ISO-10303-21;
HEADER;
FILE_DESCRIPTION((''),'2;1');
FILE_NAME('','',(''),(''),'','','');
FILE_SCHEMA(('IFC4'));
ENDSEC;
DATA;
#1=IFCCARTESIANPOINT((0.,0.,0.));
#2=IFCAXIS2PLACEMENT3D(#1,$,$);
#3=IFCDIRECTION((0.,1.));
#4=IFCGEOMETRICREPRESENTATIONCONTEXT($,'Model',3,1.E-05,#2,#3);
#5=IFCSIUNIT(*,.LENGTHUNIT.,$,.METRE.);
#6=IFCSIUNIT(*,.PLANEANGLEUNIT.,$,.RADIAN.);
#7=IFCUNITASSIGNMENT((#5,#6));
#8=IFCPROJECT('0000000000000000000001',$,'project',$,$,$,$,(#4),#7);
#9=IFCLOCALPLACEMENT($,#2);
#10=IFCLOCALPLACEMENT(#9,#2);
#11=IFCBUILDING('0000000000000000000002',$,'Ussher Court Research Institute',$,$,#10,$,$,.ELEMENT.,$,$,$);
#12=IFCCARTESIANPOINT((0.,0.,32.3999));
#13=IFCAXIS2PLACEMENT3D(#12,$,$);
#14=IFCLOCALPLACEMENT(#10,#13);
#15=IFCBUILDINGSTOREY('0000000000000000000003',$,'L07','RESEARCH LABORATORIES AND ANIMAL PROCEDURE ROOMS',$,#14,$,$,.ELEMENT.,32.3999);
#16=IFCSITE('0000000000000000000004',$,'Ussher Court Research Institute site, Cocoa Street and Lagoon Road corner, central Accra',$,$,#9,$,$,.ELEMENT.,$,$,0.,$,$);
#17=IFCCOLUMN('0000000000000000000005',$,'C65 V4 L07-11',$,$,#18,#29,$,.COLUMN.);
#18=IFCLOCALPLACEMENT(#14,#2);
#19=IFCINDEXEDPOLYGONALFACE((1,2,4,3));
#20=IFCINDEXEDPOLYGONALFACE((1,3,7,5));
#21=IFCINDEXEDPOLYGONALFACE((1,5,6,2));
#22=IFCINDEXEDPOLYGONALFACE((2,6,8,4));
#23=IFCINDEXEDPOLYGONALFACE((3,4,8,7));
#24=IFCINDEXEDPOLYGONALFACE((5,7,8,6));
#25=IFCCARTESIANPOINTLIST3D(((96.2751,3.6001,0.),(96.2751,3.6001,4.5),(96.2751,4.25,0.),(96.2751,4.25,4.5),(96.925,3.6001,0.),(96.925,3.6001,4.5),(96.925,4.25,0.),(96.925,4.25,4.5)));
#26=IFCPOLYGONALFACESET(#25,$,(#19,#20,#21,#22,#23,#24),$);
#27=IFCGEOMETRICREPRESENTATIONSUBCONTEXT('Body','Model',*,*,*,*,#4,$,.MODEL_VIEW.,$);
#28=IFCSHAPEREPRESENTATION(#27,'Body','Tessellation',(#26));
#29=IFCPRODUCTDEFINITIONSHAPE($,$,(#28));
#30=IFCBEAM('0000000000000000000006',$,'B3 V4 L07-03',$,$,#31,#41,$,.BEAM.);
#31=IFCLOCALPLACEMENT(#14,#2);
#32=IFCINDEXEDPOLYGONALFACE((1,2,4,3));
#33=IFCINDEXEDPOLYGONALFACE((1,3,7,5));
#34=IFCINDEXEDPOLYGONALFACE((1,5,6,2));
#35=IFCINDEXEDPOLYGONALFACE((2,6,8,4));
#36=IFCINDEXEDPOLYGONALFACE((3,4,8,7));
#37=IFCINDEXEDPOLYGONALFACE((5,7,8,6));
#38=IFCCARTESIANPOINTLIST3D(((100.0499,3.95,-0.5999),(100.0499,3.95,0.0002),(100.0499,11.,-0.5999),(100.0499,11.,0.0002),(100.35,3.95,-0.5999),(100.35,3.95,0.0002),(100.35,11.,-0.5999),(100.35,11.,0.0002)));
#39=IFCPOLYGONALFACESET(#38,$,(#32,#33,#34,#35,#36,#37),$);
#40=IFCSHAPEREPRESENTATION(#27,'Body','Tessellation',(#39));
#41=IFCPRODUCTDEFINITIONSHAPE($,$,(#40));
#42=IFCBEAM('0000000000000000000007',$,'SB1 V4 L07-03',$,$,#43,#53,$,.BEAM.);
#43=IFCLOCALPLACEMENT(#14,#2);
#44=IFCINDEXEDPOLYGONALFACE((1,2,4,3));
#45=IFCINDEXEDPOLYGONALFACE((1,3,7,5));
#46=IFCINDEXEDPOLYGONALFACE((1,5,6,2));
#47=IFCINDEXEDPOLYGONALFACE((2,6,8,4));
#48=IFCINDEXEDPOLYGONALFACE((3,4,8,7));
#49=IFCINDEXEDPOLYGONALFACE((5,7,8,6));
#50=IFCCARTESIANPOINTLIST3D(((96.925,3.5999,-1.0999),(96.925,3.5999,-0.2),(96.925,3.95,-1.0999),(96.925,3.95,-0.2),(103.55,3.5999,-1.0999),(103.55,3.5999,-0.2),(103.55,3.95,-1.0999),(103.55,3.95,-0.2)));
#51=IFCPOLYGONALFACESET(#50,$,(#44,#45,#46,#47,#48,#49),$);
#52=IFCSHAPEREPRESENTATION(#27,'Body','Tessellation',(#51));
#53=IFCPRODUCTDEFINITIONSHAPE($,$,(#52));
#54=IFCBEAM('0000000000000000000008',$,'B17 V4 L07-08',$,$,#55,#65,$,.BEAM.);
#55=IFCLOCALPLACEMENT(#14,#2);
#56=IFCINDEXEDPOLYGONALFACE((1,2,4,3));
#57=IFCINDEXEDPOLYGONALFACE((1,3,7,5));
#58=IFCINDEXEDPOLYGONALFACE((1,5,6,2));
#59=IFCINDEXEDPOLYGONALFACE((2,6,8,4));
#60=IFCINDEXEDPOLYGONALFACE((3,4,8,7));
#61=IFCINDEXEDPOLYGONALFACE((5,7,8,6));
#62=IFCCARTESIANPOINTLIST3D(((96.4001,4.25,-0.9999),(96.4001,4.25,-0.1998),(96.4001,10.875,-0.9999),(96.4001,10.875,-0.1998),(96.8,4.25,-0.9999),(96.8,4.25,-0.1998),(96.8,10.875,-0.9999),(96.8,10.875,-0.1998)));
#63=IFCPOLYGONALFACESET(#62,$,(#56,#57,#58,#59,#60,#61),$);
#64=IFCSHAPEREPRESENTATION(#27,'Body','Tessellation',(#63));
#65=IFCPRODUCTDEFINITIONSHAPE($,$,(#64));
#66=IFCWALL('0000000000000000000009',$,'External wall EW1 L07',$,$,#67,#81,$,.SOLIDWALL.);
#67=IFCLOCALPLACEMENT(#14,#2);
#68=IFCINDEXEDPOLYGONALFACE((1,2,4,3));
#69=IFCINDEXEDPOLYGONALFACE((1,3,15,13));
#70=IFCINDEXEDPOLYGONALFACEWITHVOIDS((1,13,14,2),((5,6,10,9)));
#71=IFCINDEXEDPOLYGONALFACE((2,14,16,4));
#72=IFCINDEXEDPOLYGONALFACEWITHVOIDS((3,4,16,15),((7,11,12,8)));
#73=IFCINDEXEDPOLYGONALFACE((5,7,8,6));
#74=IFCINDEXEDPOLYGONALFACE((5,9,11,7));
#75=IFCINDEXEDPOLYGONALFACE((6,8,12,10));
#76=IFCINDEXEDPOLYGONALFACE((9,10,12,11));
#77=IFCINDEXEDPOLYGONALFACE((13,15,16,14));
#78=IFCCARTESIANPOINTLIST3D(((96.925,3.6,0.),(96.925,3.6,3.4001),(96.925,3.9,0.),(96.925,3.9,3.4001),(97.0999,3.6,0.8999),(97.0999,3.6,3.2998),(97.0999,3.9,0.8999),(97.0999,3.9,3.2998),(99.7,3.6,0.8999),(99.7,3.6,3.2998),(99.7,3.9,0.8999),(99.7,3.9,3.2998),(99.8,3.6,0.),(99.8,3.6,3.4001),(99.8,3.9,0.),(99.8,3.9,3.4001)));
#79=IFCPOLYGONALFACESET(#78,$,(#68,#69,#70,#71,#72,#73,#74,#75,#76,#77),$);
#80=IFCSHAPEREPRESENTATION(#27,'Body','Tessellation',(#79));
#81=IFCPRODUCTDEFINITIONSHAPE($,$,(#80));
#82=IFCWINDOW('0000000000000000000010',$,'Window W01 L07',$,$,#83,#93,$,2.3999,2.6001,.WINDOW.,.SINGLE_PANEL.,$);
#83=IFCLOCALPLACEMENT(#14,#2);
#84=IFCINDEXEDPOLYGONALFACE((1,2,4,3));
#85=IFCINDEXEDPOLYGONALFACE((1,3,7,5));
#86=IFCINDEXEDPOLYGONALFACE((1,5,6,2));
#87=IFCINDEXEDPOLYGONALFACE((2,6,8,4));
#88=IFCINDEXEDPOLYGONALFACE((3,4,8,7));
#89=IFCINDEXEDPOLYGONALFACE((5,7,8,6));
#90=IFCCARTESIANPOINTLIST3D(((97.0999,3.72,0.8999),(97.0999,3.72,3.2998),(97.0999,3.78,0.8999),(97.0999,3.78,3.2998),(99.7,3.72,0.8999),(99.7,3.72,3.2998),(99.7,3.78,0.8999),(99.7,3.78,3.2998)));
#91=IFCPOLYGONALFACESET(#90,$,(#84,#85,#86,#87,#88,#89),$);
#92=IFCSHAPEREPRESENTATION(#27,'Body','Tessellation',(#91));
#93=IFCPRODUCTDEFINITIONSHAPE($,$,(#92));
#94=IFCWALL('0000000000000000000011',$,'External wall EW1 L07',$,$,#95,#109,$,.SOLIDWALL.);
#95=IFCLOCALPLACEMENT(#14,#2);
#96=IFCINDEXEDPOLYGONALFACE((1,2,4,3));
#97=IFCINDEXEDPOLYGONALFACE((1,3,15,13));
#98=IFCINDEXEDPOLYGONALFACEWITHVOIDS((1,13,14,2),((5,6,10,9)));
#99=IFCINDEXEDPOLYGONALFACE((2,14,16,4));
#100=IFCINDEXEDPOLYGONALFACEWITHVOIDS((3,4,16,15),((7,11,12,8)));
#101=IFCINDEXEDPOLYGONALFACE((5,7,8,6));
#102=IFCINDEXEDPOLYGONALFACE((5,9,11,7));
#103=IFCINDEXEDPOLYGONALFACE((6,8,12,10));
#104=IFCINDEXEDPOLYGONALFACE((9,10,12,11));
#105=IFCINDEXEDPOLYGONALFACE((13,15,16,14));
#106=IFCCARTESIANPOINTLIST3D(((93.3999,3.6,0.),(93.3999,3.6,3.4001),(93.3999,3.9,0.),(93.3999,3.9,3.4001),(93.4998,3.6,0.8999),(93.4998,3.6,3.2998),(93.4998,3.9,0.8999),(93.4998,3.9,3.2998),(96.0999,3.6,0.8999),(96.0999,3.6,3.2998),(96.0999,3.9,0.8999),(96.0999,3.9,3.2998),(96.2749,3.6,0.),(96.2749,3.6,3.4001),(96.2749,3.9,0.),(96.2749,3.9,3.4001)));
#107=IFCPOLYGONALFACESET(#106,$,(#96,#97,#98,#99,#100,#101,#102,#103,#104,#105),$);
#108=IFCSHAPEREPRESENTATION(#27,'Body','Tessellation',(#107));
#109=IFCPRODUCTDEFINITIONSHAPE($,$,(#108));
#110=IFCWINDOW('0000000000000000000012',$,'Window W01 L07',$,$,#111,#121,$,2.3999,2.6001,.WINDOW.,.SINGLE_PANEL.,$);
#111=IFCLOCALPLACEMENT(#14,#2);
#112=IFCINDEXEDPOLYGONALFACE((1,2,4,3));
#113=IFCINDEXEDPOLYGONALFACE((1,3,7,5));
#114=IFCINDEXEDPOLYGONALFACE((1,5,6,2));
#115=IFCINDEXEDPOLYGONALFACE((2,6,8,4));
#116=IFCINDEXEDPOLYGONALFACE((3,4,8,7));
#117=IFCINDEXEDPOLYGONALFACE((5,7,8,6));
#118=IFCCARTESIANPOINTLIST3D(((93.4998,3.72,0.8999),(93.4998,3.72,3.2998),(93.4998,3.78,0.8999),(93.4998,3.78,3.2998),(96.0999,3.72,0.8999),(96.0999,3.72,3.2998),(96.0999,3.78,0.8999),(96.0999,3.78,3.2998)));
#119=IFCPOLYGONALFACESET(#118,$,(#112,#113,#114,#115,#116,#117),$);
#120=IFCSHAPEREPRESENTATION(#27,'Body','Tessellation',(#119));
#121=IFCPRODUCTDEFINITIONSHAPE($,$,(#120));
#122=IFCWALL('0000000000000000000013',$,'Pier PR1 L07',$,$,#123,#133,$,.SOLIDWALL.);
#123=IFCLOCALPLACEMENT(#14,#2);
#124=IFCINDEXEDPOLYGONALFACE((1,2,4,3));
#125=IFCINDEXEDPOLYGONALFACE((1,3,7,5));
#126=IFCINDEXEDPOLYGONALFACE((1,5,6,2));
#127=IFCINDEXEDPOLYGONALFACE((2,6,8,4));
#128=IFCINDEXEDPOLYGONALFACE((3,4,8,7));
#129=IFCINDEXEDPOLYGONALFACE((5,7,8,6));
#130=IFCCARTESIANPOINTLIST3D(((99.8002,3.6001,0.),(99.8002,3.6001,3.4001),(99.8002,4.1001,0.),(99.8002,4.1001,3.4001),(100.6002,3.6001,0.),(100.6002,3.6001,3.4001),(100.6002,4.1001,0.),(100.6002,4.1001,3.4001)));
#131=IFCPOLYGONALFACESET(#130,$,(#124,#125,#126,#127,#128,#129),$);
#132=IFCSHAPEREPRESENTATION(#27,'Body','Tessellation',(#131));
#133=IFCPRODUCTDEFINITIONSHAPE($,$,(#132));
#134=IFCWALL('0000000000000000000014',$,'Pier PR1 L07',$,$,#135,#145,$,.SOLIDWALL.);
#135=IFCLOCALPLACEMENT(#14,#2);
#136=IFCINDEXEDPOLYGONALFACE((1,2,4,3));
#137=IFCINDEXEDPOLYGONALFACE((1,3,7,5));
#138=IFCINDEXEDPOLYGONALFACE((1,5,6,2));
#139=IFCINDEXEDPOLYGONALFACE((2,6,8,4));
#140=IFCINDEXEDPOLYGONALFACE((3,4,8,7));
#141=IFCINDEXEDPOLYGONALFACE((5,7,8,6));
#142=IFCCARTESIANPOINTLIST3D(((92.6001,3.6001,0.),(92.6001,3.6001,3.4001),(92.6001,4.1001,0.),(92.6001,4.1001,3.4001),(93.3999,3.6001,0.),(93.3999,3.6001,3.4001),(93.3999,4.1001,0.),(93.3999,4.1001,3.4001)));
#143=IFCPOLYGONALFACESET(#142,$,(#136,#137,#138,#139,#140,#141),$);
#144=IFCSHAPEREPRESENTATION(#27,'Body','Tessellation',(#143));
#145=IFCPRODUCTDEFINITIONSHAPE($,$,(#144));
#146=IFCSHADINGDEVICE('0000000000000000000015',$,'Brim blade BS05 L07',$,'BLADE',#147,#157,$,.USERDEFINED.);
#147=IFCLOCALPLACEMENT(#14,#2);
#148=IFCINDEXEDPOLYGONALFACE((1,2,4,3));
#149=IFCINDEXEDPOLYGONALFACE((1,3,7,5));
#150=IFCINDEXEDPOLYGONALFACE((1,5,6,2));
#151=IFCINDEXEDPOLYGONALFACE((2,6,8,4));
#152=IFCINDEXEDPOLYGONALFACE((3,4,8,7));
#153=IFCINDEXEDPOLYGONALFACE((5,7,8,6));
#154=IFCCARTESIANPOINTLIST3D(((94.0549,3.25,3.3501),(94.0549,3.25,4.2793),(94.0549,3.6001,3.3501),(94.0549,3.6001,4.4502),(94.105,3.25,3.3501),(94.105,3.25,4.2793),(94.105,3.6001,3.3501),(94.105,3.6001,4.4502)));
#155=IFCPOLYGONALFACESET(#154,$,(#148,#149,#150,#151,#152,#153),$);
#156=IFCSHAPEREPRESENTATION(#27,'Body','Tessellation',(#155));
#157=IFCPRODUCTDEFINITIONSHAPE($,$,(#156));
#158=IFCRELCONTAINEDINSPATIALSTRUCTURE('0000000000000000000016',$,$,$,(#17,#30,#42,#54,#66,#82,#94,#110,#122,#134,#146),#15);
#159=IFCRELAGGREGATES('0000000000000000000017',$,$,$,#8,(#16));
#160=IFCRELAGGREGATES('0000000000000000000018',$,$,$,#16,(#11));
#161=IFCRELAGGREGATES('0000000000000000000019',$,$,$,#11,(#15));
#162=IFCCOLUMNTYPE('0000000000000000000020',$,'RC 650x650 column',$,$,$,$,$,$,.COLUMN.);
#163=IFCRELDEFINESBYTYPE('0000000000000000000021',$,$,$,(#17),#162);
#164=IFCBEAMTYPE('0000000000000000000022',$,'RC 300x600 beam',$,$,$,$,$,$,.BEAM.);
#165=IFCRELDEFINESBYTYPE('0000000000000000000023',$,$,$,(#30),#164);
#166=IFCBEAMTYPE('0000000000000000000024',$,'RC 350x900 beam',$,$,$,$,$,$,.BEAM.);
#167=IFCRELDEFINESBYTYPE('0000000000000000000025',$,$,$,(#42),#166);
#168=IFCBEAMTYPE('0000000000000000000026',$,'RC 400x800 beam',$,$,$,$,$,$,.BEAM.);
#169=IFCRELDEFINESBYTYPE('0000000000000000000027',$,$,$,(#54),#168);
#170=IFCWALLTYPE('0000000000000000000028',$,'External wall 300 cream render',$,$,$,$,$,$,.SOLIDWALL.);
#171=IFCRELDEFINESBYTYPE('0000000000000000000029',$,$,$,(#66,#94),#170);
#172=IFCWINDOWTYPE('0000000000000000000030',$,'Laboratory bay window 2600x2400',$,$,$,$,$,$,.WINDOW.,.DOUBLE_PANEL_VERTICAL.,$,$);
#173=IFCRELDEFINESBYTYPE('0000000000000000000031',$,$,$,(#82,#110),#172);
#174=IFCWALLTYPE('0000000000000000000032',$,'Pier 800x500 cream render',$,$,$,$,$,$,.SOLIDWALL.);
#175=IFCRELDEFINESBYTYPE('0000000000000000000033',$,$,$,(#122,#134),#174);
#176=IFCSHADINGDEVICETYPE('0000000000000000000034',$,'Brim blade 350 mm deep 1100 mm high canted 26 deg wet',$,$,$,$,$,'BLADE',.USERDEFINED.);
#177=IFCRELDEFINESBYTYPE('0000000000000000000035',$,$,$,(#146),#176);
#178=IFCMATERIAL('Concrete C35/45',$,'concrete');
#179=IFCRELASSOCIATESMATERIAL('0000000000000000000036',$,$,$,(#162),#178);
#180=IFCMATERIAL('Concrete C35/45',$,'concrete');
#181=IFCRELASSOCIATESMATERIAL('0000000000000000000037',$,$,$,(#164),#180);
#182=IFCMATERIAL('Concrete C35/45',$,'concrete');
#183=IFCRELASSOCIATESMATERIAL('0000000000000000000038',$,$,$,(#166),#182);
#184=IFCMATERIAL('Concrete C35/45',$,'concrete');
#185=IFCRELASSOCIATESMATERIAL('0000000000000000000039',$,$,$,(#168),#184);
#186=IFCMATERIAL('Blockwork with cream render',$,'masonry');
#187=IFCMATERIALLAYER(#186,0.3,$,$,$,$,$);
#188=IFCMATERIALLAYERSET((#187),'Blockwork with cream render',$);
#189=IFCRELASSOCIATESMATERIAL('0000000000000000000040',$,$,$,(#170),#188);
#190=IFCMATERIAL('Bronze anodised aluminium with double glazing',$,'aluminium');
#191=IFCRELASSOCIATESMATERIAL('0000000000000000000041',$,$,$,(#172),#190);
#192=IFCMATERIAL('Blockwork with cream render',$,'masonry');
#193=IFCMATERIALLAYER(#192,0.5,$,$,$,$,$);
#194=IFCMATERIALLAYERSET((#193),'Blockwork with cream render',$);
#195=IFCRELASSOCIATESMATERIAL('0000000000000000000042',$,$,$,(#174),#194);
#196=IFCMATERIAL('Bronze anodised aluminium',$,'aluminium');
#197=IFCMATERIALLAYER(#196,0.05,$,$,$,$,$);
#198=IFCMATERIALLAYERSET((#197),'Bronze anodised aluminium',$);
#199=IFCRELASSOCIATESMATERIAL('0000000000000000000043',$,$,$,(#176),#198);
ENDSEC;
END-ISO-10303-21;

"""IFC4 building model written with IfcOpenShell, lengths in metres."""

from ifc_helpers import new_model, si_unit, direction, frame, frame_2d, origin, origin_2d, place, context, subcontext, project, spatial, polyline, rectangle, outline, extrude, material, layer, layer_set, material_profile, profile_set, type_object, element, fill, save


model = new_model("IFC4")

# Units and contexts
model_context = context("Model", 3, precision=1e-05, world=origin(), true_north=direction((0.0, 1.0)))
body_context = subcontext(model_context, "Body", "Model", "MODEL_VIEW")
ifc_project = project(units=[si_unit("LENGTHUNIT", "METRE"), si_unit("PLANEANGLEUNIT", "RADIAN")], contexts=[model_context])

# Site, building, storey
site_placement = place(None, origin())
site = spatial("IfcSite", under=ifc_project, at=site_placement, Name="Ussher Court Research Institute site, Cocoa Street and Lagoon Road corner, central Accra", CompositionType="ELEMENT", RefElevation=0.0)
building_placement = place(site_placement, origin())
building = spatial("IfcBuilding", under=site, at=building_placement, Name="Ussher Court Research Institute", CompositionType="ELEMENT")
storey_placement = place(building_placement, frame((0.0, 0.0, 32.3999)))
storey = spatial("IfcBuildingStorey", under=building, at=storey_placement, Name="L07", Description="RESEARCH LABORATORIES AND ANIMAL PROCEDURE ROOMS", CompositionType="ELEMENT", Elevation=32.3999)

# Column
ifc_material_1 = material(Name="Concrete C35/45", Category="concrete")
ifc_material_profile_1 = material_profile(ifc_material_1, rectangle(XDim=0.6499, YDim=0.6499, at=origin_2d()), Name="RC 650x650")
ifc_profile_set_1 = profile_set([ifc_material_profile_1], Name="Concrete C35/45")
column_type = type_object("IfcColumnType", Name="RC 650x650 column", PredefinedType="COLUMN", material=ifc_profile_set_1)
column_placement = place(storey_placement, frame((96.6001, 3.925, 0.0), z_axis=(0.0, 0.0, 1.0), x_axis=(1.0, 0.0, 0.0)))
element("IfcColumn", 1, at=column_placement, inside=storey, type_object=column_type, Name="C65 V4 L07-11", PredefinedType="COLUMN", context=body_context, shape_type="SweptSolid", body=[
    extrude(rectangle(XDim=0.6499, YDim=0.6499, at=origin_2d()), origin(), (0.0, 0.0, 1.0), 4.5),
])

# Beams
ifc_material_2 = material(Name="Concrete C35/45", Category="concrete")
ifc_material_profile_2 = material_profile(ifc_material_2, rectangle(XDim=0.3, YDim=0.6001, at=origin_2d()), Name="RC 300x600")
ifc_profile_set_2 = profile_set([ifc_material_profile_2], Name="Concrete C35/45")
beam_type_1 = type_object("IfcBeamType", Name="RC 300x600 beam", PredefinedType="BEAM", material=ifc_profile_set_2)
beam_1_placement = place(storey_placement, frame((100.2, 3.95, -0.2998), z_axis=(0.0, 1.0, 0.0), x_axis=(-1.0, 0.0, 0.0)))
element("IfcBeam", 2, at=beam_1_placement, inside=storey, type_object=beam_type_1, Name="B3 V4 L07-03", PredefinedType="BEAM", context=body_context, shape_type="SweptSolid", body=[
    extrude(rectangle(XDim=0.3, YDim=0.6001, at=origin_2d()), origin(), (0.0, 0.0, 1.0), 7.05),
])
ifc_material_3 = material(Name="Concrete C35/45", Category="concrete")
ifc_material_profile_3 = material_profile(ifc_material_3, rectangle(XDim=0.3501, YDim=0.8999, at=origin_2d()), Name="RC 350x900")
ifc_profile_set_3 = profile_set([ifc_material_profile_3], Name="Concrete C35/45")
beam_type_2 = type_object("IfcBeamType", Name="RC 350x900 beam", PredefinedType="BEAM", material=ifc_profile_set_3)
beam_2_placement = place(storey_placement, frame((96.925, 3.7749, -0.6499), z_axis=(1.0, 0.0, 0.0), x_axis=(0.0, 1.0, 0.0)))
element("IfcBeam", 3, at=beam_2_placement, inside=storey, type_object=beam_type_2, Name="SB1 V4 L07-03", PredefinedType="BEAM", context=body_context, shape_type="SweptSolid", body=[
    extrude(rectangle(XDim=0.3501, YDim=0.8999, at=origin_2d()), origin(), (0.0, 0.0, 1.0), 6.625),
])
ifc_material_4 = material(Name="Concrete C35/45", Category="concrete")
ifc_material_profile_4 = material_profile(ifc_material_4, rectangle(XDim=0.3999, YDim=0.8, at=origin_2d()), Name="RC 400x800")
ifc_profile_set_4 = profile_set([ifc_material_profile_4], Name="Concrete C35/45")
beam_type_3 = type_object("IfcBeamType", Name="RC 400x800 beam", PredefinedType="BEAM", material=ifc_profile_set_4)
beam_3_placement = place(storey_placement, frame((96.6001, 4.25, -0.5999), z_axis=(0.0, 1.0, 0.0), x_axis=(-1.0, 0.0, 0.0)))
element("IfcBeam", 4, at=beam_3_placement, inside=storey, type_object=beam_type_3, Name="B17 V4 L07-08", PredefinedType="BEAM", context=body_context, shape_type="SweptSolid", body=[
    extrude(rectangle(XDim=0.3999, YDim=0.8, at=origin_2d()), origin(), (0.0, 0.0, 1.0), 6.625),
])

# Walls, openings, windows
ifc_material_5 = material(Name="Blockwork with cream render", Category="masonry")
ifc_layer_1 = layer(ifc_material_5, 0.3)
ifc_layer_set_1 = layer_set([ifc_layer_1], Name="Blockwork with cream render")
wall_type_1 = type_object("IfcWallType", Name="External wall 300 cream render", PredefinedType="SOLIDWALL", material=ifc_layer_set_1)
wall_1_placement = place(storey_placement, frame((99.8, 3.75, 0.0), z_axis=(0.0, 0.0, 1.0), x_axis=(-1.0, 0.0, 0.0)))
wall_1 = element("IfcWall", 5, at=wall_1_placement, inside=storey, type_object=wall_type_1, Name="External wall EW1 L07", PredefinedType="SOLIDWALL", context=body_context, shape_type="SweptSolid", body=[
    extrude(rectangle(XDim=2.875, YDim=0.3, at=frame_2d((1.4375, 0.0))), origin(), (0.0, 0.0, 1.0), 3.4001),
])
opening_1_placement = place(wall_1_placement, frame((0.1001, 0.0, 0.8999)))
opening_1 = element("IfcOpeningElement", 6, at=opening_1_placement, cuts=wall_1, PredefinedType="OPENING", context=body_context, shape_type="SweptSolid", body=[
    extrude(rectangle(XDim=2.6001, YDim=2.3999, at=frame_2d((1.3, 1.2))), frame((0.0, 0.1602, 0.0), z_axis=(0.0, -1.0, 0.0), x_axis=(1.0, 0.0, 0.0)), (0.0, 0.0, 1.0), 0.3201),
])
ifc_material_6 = material(Name="Bronze anodised aluminium with double glazing", Category="aluminium")
window_type = type_object("IfcWindowType", Name="Laboratory bay window 2600x2400", PartitioningType="DOUBLE_PANEL_VERTICAL", PredefinedType="WINDOW", material=ifc_material_6)
window_1_placement = place(opening_1_placement, origin())
window_1 = element("IfcWindow", 7, at=window_1_placement, inside=storey, type_object=window_type, Name="Window W01 L07", OverallHeight=2.3999, OverallWidth=2.6001, PartitioningType="SINGLE_PANEL", PredefinedType="WINDOW", context=body_context, shape_type="SweptSolid", body=[
    extrude(rectangle(XDim=2.6001, YDim=2.3999, at=frame_2d((1.3, 1.2))), frame((0.0, 0.03, 0.0), z_axis=(0.0, -1.0, 0.0), x_axis=(1.0, 0.0, 0.0)), (0.0, 0.0, 1.0), 0.0601),
])
fill(opening_1, window_1)
wall_2_placement = place(storey_placement, frame((96.2749, 3.75, 0.0), z_axis=(0.0, 0.0, 1.0), x_axis=(-1.0, 0.0, 0.0)))
wall_2 = element("IfcWall", 8, at=wall_2_placement, inside=storey, type_object=wall_type_1, Name="External wall EW1 L07", PredefinedType="SOLIDWALL", context=body_context, shape_type="SweptSolid", body=[
    extrude(rectangle(XDim=2.875, YDim=0.3, at=frame_2d((1.4375, 0.0))), origin(), (0.0, 0.0, 1.0), 3.4001),
])
opening_2_placement = place(wall_2_placement, frame((0.175, 0.0, 0.8999)))
opening_2 = element("IfcOpeningElement", 9, at=opening_2_placement, cuts=wall_2, PredefinedType="OPENING", context=body_context, shape_type="SweptSolid", body=[
    extrude(rectangle(XDim=2.6001, YDim=2.3999, at=frame_2d((1.3, 1.2))), frame((0.0, 0.1602, 0.0), z_axis=(0.0, -1.0, 0.0), x_axis=(1.0, 0.0, 0.0)), (0.0, 0.0, 1.0), 0.3201),
])
window_2_placement = place(opening_2_placement, origin())
window_2 = element("IfcWindow", 10, at=window_2_placement, inside=storey, type_object=window_type, Name="Window W01 L07", OverallHeight=2.3999, OverallWidth=2.6001, PartitioningType="SINGLE_PANEL", PredefinedType="WINDOW", context=body_context, shape_type="SweptSolid", body=[
    extrude(rectangle(XDim=2.6001, YDim=2.3999, at=frame_2d((1.3, 1.2))), frame((0.0, 0.03, 0.0), z_axis=(0.0, -1.0, 0.0), x_axis=(1.0, 0.0, 0.0)), (0.0, 0.0, 1.0), 0.0601),
])
fill(opening_2, window_2)

# Walls
ifc_material_7 = material(Name="Blockwork with cream render", Category="masonry")
ifc_layer_2 = layer(ifc_material_7, 0.5)
ifc_layer_set_2 = layer_set([ifc_layer_2], Name="Blockwork with cream render")
wall_type_2 = type_object("IfcWallType", Name="Pier 800x500 cream render", PredefinedType="SOLIDWALL", material=ifc_layer_set_2)
wall_3_placement = place(storey_placement, frame((100.6001, 3.8501, 0.0), z_axis=(0.0, 0.0, 1.0), x_axis=(-1.0, 0.0, 0.0)))
element("IfcWall", 11, at=wall_3_placement, inside=storey, type_object=wall_type_2, Name="Pier PR1 L07", PredefinedType="SOLIDWALL", context=body_context, shape_type="SweptSolid", body=[
    extrude(rectangle(XDim=0.8, YDim=0.5, at=frame_2d((0.3999, 0.0))), origin(), (0.0, 0.0, 1.0), 3.4001),
])
wall_4_placement = place(storey_placement, frame((93.3999, 3.8501, 0.0), z_axis=(0.0, 0.0, 1.0), x_axis=(-1.0, 0.0, 0.0)))
element("IfcWall", 12, at=wall_4_placement, inside=storey, type_object=wall_type_2, Name="Pier PR1 L07", PredefinedType="SOLIDWALL", context=body_context, shape_type="SweptSolid", body=[
    extrude(rectangle(XDim=0.7998, YDim=0.5, at=frame_2d((0.3999, 0.0))), origin(), (0.0, 0.0, 1.0), 3.4001),
])

# Shading device
ifc_material_8 = material(Name="Bronze anodised aluminium", Category="aluminium")
ifc_layer_3 = layer(ifc_material_8, 0.05)
ifc_layer_set_3 = layer_set([ifc_layer_3], Name="Bronze anodised aluminium")
shading_device_type_1 = type_object("IfcShadingDeviceType", Name="Brim blade 350 mm deep 1100 mm high canted 26 deg wet", ElementType="BLADE", PredefinedType="USERDEFINED", material=ifc_layer_set_3)
shading_device_placement = place(storey_placement, frame((94.0801, 3.6001, 3.3501), z_axis=(0.0, 0.0, 1.0), x_axis=(0.0, -1.0, 0.0)))
element("IfcShadingDevice", 13, at=shading_device_placement, inside=storey, type_object=shading_device_type_1, Name="Brim blade BS05 L07", ObjectType="BLADE", PredefinedType="USERDEFINED", context=body_context, shape_type="SweptSolid", body=[
    extrude(outline(polyline([(0.0, 0.0), (0.3501, 0.0), (0.3501, 0.9292), (0.0, 1.1001), (0.0, 0.0)])), frame((0.0, 0.0249, 0.0), z_axis=(0.0, -1.0, 0.0), x_axis=(1.0, 0.0, 0.0)), (0.0, 0.0, 1.0), 0.05),
])

save(model, "model.ifc")
